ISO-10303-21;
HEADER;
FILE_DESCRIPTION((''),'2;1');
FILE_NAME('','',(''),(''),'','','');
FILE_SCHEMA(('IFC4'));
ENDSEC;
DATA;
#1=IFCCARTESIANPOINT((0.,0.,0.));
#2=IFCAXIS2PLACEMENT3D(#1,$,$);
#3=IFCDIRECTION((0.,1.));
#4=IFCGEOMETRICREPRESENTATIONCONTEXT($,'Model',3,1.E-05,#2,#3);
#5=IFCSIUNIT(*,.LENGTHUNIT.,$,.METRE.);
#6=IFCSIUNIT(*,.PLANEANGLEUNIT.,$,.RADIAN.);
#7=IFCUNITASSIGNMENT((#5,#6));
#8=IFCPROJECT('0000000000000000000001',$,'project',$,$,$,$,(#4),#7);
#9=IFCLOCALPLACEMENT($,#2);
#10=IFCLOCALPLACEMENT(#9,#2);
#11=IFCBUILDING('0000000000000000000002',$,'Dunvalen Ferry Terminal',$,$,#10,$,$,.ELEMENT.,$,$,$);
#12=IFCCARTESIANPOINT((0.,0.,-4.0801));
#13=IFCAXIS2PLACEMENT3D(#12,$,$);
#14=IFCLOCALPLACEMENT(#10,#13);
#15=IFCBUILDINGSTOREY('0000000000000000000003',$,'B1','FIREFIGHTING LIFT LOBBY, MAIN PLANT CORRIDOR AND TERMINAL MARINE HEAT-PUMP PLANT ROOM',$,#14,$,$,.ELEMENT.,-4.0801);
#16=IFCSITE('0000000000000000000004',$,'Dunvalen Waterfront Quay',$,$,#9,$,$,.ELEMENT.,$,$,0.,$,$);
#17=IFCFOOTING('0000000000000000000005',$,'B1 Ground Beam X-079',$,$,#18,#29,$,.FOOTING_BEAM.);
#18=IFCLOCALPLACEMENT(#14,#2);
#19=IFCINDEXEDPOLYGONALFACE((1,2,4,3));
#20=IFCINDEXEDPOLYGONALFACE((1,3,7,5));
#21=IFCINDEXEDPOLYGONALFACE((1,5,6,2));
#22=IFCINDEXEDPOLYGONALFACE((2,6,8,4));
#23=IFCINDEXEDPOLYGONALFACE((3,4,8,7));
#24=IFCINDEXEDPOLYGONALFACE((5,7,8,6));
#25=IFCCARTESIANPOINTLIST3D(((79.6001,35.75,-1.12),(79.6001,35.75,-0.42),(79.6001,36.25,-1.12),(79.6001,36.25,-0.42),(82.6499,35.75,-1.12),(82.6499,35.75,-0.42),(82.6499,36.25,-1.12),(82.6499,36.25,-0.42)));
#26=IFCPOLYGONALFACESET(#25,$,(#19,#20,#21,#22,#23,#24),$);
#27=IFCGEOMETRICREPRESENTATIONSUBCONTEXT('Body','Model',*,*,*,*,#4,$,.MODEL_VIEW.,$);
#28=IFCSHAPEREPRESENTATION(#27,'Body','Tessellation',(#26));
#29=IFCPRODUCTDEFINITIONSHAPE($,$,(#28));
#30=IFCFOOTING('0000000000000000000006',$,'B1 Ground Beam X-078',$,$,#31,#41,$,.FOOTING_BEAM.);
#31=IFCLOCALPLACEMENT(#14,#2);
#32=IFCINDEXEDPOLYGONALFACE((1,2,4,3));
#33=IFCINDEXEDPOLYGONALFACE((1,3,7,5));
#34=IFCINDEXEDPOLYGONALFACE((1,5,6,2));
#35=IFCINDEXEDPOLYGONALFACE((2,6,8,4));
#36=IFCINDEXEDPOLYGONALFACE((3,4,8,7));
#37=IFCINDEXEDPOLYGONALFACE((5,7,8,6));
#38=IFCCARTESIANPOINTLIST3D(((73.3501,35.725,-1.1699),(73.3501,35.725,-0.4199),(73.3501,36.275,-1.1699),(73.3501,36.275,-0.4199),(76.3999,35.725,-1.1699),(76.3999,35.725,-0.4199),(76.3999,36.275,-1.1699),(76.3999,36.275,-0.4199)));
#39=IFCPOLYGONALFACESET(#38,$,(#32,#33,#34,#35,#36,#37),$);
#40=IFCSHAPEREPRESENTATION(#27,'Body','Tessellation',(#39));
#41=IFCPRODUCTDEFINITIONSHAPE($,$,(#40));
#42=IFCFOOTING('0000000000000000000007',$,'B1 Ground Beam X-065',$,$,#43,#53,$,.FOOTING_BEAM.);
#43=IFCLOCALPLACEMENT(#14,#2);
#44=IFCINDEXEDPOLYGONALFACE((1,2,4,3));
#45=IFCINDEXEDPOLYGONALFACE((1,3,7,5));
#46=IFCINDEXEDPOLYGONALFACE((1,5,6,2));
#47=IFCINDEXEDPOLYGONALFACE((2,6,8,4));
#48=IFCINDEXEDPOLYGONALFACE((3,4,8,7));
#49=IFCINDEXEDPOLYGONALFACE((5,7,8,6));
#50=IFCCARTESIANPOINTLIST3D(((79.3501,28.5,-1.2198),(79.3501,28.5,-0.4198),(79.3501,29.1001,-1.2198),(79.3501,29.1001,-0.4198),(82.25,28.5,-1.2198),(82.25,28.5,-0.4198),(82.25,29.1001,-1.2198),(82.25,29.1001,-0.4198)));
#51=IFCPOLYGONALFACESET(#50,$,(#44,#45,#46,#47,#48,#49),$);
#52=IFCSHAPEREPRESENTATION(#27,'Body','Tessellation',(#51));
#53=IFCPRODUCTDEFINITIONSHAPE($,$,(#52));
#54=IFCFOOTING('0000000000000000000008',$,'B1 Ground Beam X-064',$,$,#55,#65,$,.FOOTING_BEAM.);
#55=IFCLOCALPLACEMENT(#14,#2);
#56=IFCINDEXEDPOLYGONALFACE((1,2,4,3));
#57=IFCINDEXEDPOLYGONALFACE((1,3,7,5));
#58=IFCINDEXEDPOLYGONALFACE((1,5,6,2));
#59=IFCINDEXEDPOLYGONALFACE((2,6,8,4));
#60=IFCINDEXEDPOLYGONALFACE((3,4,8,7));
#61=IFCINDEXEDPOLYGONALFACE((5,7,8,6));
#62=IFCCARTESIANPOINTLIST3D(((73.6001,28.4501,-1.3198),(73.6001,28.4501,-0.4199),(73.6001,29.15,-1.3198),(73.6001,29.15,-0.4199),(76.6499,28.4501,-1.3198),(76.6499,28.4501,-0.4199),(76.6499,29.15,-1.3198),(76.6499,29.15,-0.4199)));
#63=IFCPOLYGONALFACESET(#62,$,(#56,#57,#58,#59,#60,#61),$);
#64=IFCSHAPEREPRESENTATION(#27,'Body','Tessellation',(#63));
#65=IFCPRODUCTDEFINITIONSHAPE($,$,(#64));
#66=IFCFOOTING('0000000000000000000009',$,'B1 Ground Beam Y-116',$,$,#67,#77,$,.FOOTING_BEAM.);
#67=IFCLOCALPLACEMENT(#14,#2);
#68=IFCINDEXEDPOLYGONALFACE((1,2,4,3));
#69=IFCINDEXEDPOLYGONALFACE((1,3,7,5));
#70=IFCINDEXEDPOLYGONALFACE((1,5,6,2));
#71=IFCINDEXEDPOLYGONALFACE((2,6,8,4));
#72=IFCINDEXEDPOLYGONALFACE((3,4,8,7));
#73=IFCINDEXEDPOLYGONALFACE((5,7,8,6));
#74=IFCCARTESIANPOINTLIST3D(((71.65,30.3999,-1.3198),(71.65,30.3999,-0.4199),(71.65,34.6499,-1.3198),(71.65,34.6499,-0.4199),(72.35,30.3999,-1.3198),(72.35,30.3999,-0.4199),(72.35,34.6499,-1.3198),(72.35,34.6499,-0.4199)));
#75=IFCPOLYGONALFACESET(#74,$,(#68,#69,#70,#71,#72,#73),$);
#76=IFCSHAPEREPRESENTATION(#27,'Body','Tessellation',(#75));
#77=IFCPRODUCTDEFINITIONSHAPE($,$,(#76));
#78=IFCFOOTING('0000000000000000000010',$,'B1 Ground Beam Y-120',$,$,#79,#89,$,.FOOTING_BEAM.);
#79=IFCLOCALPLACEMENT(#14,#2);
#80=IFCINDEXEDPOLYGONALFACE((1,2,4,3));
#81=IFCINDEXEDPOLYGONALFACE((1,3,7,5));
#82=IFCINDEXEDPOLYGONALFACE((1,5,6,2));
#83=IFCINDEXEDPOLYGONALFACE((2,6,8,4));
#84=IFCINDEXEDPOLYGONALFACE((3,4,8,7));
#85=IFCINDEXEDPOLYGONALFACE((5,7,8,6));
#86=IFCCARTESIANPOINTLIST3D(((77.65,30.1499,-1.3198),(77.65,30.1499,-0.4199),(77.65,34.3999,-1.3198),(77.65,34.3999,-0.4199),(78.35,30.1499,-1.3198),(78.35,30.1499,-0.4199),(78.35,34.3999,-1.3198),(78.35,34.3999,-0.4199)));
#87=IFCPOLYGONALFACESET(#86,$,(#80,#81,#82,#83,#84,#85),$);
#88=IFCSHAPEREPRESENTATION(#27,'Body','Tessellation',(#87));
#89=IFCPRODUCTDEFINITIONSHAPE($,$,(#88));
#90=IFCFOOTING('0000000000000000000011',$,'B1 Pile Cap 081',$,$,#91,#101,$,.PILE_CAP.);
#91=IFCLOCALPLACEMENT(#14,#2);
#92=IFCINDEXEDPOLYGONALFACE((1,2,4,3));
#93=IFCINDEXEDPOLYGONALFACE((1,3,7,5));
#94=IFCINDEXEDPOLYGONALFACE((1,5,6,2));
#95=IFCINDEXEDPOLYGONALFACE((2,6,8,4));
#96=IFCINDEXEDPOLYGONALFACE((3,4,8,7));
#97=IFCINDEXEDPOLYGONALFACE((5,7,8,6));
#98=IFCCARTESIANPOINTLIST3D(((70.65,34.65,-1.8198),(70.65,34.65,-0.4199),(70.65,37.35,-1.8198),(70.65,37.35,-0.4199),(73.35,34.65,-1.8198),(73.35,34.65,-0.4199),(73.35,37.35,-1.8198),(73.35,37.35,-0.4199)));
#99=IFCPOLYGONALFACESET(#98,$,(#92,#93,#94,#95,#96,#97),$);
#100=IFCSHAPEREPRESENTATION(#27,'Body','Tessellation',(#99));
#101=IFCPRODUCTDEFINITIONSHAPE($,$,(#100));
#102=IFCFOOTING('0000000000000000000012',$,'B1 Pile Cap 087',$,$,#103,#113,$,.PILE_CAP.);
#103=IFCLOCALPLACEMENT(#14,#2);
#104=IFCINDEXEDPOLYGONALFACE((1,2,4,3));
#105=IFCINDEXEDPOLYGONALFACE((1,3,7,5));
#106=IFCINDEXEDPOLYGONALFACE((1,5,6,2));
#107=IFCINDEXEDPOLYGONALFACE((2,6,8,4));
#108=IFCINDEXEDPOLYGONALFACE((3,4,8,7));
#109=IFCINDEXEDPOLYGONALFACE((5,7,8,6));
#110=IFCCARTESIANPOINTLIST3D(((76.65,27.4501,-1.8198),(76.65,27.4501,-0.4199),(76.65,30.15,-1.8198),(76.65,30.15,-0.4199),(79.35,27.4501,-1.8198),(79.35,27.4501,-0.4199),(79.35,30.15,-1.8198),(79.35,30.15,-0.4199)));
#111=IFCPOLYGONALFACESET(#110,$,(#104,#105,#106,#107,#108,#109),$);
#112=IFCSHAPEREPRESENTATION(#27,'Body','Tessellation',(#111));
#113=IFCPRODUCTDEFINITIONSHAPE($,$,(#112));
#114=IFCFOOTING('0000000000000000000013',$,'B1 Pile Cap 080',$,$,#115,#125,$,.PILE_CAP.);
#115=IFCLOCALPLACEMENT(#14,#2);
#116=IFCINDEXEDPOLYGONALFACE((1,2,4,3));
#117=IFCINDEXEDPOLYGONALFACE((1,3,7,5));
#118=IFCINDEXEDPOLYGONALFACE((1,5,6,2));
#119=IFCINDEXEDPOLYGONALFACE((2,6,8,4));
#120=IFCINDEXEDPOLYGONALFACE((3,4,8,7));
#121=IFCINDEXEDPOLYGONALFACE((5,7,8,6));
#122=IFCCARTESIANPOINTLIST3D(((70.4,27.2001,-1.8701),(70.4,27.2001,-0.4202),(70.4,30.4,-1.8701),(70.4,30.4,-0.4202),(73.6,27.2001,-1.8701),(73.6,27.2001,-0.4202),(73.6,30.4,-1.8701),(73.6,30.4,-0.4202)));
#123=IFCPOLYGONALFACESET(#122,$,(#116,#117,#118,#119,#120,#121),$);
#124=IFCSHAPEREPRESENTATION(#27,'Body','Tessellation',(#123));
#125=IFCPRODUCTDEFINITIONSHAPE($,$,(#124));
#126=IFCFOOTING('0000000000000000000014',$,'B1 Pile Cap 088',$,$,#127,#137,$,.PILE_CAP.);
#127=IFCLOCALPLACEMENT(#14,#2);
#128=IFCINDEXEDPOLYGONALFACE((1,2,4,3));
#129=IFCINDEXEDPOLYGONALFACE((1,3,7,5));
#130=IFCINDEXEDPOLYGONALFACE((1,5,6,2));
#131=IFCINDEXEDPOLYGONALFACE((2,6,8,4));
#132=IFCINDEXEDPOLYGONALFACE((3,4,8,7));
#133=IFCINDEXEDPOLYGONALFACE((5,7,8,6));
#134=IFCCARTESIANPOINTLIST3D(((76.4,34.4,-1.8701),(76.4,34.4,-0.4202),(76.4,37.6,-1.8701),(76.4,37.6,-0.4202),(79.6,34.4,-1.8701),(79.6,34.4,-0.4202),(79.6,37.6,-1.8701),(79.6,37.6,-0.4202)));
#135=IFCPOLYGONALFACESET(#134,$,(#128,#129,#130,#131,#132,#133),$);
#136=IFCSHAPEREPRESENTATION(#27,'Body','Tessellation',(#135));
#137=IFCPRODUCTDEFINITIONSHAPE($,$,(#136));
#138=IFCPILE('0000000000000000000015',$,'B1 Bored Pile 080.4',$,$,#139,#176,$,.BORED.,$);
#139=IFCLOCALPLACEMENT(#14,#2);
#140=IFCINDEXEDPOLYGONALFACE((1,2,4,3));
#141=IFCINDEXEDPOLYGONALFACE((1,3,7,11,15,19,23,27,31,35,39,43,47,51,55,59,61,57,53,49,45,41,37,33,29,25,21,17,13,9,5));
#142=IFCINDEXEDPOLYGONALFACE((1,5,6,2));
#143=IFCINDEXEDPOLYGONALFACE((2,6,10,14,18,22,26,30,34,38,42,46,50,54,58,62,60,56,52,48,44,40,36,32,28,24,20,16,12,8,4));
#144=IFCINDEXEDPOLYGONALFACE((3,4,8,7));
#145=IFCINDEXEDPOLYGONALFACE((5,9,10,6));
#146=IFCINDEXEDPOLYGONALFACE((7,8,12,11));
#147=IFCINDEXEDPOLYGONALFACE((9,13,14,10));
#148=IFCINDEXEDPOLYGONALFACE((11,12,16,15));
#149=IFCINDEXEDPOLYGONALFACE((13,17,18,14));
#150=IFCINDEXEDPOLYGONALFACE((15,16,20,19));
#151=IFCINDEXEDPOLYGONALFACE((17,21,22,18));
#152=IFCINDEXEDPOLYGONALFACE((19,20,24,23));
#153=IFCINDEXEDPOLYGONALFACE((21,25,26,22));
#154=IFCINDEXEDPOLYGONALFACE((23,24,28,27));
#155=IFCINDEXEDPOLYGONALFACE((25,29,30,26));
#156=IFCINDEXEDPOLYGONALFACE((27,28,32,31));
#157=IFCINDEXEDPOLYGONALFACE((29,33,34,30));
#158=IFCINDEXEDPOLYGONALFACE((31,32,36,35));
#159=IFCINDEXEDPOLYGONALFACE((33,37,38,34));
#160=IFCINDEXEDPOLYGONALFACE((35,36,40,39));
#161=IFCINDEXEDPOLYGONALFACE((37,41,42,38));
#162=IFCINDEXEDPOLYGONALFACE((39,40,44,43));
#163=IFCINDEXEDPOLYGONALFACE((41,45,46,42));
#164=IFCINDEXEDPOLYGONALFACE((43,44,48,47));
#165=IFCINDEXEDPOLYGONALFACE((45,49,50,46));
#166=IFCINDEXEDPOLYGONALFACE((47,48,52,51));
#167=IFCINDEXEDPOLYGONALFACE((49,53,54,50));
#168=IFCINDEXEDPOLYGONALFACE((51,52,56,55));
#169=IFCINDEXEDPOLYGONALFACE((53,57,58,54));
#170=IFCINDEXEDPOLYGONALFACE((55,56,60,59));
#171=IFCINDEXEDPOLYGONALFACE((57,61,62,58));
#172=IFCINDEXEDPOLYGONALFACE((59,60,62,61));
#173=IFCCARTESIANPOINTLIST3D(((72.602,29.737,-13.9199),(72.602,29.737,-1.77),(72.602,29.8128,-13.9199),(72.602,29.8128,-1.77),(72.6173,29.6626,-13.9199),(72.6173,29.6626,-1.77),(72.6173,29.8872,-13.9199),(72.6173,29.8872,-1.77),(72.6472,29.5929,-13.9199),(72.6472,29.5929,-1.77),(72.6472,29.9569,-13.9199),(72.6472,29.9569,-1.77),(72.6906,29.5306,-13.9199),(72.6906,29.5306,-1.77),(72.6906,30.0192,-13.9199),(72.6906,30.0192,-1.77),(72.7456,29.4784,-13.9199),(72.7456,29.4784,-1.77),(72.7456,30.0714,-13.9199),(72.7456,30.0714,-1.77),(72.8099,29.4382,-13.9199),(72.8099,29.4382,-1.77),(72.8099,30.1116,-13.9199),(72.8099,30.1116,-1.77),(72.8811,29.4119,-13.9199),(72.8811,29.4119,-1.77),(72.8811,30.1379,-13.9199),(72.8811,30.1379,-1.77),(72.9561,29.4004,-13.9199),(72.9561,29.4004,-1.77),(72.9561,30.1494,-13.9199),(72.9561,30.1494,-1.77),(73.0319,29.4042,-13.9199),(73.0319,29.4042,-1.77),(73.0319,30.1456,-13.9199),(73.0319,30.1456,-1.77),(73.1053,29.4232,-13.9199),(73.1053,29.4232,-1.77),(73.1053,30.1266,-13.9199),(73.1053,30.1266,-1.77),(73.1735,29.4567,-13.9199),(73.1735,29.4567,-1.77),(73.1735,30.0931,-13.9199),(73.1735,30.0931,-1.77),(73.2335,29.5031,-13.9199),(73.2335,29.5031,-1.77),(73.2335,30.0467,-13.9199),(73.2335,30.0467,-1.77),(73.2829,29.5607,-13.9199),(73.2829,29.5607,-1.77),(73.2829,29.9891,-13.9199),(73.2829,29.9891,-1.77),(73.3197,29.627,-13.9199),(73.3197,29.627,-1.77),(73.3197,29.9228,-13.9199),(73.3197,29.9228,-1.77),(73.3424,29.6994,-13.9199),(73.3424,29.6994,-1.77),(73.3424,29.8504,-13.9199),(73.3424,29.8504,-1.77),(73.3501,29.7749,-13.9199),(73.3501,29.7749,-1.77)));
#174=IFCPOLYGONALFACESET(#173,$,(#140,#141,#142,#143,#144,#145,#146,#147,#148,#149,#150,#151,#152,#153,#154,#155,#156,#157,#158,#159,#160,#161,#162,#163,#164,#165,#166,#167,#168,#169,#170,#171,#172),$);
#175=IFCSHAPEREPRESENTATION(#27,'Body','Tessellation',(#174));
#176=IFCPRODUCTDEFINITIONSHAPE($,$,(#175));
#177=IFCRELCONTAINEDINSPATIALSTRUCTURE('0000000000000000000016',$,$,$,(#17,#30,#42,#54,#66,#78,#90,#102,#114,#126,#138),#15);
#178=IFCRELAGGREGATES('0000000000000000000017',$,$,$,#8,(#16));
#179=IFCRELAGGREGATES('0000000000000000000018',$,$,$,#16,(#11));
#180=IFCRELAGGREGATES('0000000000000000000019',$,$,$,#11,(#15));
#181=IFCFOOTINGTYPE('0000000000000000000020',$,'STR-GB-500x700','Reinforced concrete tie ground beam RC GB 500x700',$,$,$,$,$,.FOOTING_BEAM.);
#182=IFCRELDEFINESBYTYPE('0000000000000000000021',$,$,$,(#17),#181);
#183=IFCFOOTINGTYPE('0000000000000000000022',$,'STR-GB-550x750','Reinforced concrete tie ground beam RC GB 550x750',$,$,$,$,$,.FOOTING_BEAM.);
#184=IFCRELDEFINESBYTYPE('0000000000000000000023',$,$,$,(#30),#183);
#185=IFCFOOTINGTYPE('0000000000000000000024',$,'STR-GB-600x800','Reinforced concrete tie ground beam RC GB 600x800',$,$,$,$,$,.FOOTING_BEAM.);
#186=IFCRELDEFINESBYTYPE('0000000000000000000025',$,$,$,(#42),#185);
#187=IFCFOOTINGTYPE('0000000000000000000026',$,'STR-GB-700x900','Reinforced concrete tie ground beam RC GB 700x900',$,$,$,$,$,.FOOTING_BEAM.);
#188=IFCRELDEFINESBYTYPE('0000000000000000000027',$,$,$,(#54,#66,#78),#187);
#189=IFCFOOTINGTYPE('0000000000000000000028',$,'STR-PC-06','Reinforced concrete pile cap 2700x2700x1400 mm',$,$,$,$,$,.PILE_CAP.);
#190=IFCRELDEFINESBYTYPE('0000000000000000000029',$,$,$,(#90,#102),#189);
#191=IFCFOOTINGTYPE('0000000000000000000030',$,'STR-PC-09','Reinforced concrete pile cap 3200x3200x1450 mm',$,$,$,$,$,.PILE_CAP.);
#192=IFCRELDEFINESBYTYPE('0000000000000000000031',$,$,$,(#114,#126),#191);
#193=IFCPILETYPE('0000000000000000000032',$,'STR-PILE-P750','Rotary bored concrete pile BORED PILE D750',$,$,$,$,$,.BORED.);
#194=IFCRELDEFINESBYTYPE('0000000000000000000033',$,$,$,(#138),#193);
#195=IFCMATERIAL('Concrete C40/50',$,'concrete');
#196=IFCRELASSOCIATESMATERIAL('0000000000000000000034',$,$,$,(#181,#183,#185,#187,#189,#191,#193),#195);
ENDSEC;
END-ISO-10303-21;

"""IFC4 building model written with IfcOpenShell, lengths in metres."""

from ifc_helpers import new_model, si_unit, direction, frame, origin, origin_2d, place, context, subcontext, project, spatial, rectangle, circle, extrude, material, material_profile, profile_set, type_object, element, save


model = new_model("IFC4")

# Units and contexts
model_context = context("Model", 3, precision=1e-05, world=origin(), true_north=direction((0.0, 1.0)))
body_context = subcontext(model_context, "Body", "Model", "MODEL_VIEW")
ifc_project = project(units=[si_unit("LENGTHUNIT", "METRE"), si_unit("PLANEANGLEUNIT", "RADIAN")], contexts=[model_context])

# Site, building, storey
site_placement = place(None, origin())
site = spatial("IfcSite", under=ifc_project, at=site_placement, Name="Dunvalen Waterfront Quay", CompositionType="ELEMENT", RefElevation=0.0)
building_placement = place(site_placement, origin())
building = spatial("IfcBuilding", under=site, at=building_placement, Name="Dunvalen Ferry Terminal", CompositionType="ELEMENT")
storey_placement = place(building_placement, frame((0.0, 0.0, -4.0801)))
storey = spatial("IfcBuildingStorey", under=building, at=storey_placement, Name="B1", Description="FIREFIGHTING LIFT LOBBY, MAIN PLANT CORRIDOR AND TERMINAL MARINE HEAT-PUMP PLANT ROOM", CompositionType="ELEMENT", Elevation=-4.0801)

# Footings
ifc_material = material(Name="Concrete C40/50", Category="concrete")
ifc_material_profile_1 = material_profile(ifc_material, rectangle(XDim=0.5, YDim=0.7, at=origin_2d()), Name="Concrete C40/50")
ifc_profile_set_1 = profile_set([ifc_material_profile_1], Name="Concrete C40/50")
footing_type_1 = type_object("IfcFootingType", Name="STR-GB-500x700", Description="Reinforced concrete tie ground beam RC GB 500x700", PredefinedType="FOOTING_BEAM", material=ifc_profile_set_1)
footing_1_placement = place(storey_placement, frame((79.6001, 36.0, -0.77), z_axis=(1.0, 0.0, 0.0), x_axis=(0.0, 1.0, 0.0)))
element("IfcFooting", 1, at=footing_1_placement, inside=storey, type_object=footing_type_1, Name="B1 Ground Beam X-079", PredefinedType="FOOTING_BEAM", context=body_context, shape_type="SweptSolid", body=[
    extrude(rectangle(XDim=0.5, YDim=0.7, at=origin_2d()), origin(), (0.0, 0.0, 1.0), 3.0498),
])
ifc_material_profile_2 = material_profile(ifc_material, rectangle(XDim=0.55, YDim=0.75, at=origin_2d()), Name="Concrete C40/50")
ifc_profile_set_2 = profile_set([ifc_material_profile_2], Name="Concrete C40/50")
footing_type_2 = type_object("IfcFootingType", Name="STR-GB-550x750", Description="Reinforced concrete tie ground beam RC GB 550x750", PredefinedType="FOOTING_BEAM", material=ifc_profile_set_2)
footing_2_placement = place(storey_placement, frame((73.3501, 36.0, -0.7949), z_axis=(1.0, 0.0, 0.0), x_axis=(0.0, 1.0, 0.0)))
element("IfcFooting", 2, at=footing_2_placement, inside=storey, type_object=footing_type_2, Name="B1 Ground Beam X-078", PredefinedType="FOOTING_BEAM", context=body_context, shape_type="SweptSolid", body=[
    extrude(rectangle(XDim=0.55, YDim=0.75, at=origin_2d()), origin(), (0.0, 0.0, 1.0), 3.0498),
])
ifc_material_profile_3 = material_profile(ifc_material, rectangle(XDim=0.6001, YDim=0.8, at=origin_2d()), Name="Concrete C40/50")
ifc_profile_set_3 = profile_set([ifc_material_profile_3], Name="Concrete C40/50")
footing_type_3 = type_object("IfcFootingType", Name="STR-GB-600x800", Description="Reinforced concrete tie ground beam RC GB 600x800", PredefinedType="FOOTING_BEAM", material=ifc_profile_set_3)
footing_3_placement = place(storey_placement, frame((79.3501, 28.8, -0.8198), z_axis=(1.0, 0.0, 0.0), x_axis=(0.0, 1.0, 0.0)))
element("IfcFooting", 3, at=footing_3_placement, inside=storey, type_object=footing_type_3, Name="B1 Ground Beam X-065", PredefinedType="FOOTING_BEAM", context=body_context, shape_type="SweptSolid", body=[
    extrude(rectangle(XDim=0.6001, YDim=0.8, at=origin_2d()), origin(), (0.0, 0.0, 1.0), 2.8999),
])
ifc_material_profile_4 = material_profile(ifc_material, rectangle(XDim=0.7, YDim=0.8999, at=origin_2d()), Name="Concrete C40/50")
ifc_profile_set_4 = profile_set([ifc_material_profile_4], Name="Concrete C40/50")
footing_type_4 = type_object("IfcFootingType", Name="STR-GB-700x900", Description="Reinforced concrete tie ground beam RC GB 700x900", PredefinedType="FOOTING_BEAM", material=ifc_profile_set_4)
footing_4_placement = place(storey_placement, frame((73.6001, 28.8, -0.8699), z_axis=(1.0, 0.0, 0.0), x_axis=(0.0, 1.0, 0.0)))
element("IfcFooting", 4, at=footing_4_placement, inside=storey, type_object=footing_type_4, Name="B1 Ground Beam X-064", PredefinedType="FOOTING_BEAM", context=body_context, shape_type="SweptSolid", body=[
    extrude(rectangle(XDim=0.7, YDim=0.8999, at=origin_2d()), origin(), (0.0, 0.0, 1.0), 3.0498),
])
for number, where, z_axis, x_axis, name in (
    (5, (72.0, 30.3999, -0.8699), (0.0, 1.0, 0.0), (-1.0, 0.0, 0.0), "B1 Ground Beam Y-116"),
    (6, (78.0, 30.1499, -0.8699), (0.0, 1.0, 0.0), (-1.0, 0.0, 0.0), "B1 Ground Beam Y-120"),
):
    element("IfcFooting", number, at=place(storey_placement, frame(where, z_axis=z_axis, x_axis=x_axis)), inside=storey, type_object=footing_type_4, Name=name, PredefinedType="FOOTING_BEAM", context=body_context, shape_type="SweptSolid", body=[
        extrude(rectangle(XDim=0.7, YDim=0.8999, at=origin_2d()), origin(), (0.0, 0.0, 1.0), 4.25),
    ])
footing_type_5 = type_object("IfcFootingType", Name="STR-PC-06", Description="Reinforced concrete pile cap 2700x2700x1400 mm", PredefinedType="PILE_CAP", material=ifc_material)
for number, where, z_axis, x_axis, name in (
    (7, (72.0, 36.0, -1.8198), (0.0, 0.0, 1.0), (1.0, 0.0, 0.0), "B1 Pile Cap 081"),
    (8, (78.0, 28.8, -1.8198), (0.0, 0.0, 1.0), (1.0, 0.0, 0.0), "B1 Pile Cap 087"),
):
    element("IfcFooting", number, at=place(storey_placement, frame(where, z_axis=z_axis, x_axis=x_axis)), inside=storey, type_object=footing_type_5, Name=name, PredefinedType="PILE_CAP", context=body_context, shape_type="SweptSolid", body=[
        extrude(rectangle(XDim=2.7, YDim=2.7, at=origin_2d()), origin(), (0.0, 0.0, 1.0), 1.3999),
    ])
footing_type_6 = type_object("IfcFootingType", Name="STR-PC-09", Description="Reinforced concrete pile cap 3200x3200x1450 mm", PredefinedType="PILE_CAP", material=ifc_material)
for number, where, z_axis, x_axis, name in (
    (9, (72.0, 28.8, -1.8701), (0.0, 0.0, 1.0), (1.0, 0.0, 0.0), "B1 Pile Cap 080"),
    (10, (78.0, 36.0, -1.8701), (0.0, 0.0, 1.0), (1.0, 0.0, 0.0), "B1 Pile Cap 088"),
):
    element("IfcFooting", number, at=place(storey_placement, frame(where, z_axis=z_axis, x_axis=x_axis)), inside=storey, type_object=footing_type_6, Name=name, PredefinedType="PILE_CAP", context=body_context, shape_type="SweptSolid", body=[
        extrude(rectangle(XDim=3.2, YDim=3.2, at=origin_2d()), origin(), (0.0, 0.0, 1.0), 1.45),
    ])

# Pile
ifc_material_profile_5 = material_profile(ifc_material, circle(Radius=0.375, at=origin_2d()), Name="Concrete C40/50")
ifc_profile_set_5 = profile_set([ifc_material_profile_5], Name="Concrete C40/50")
pile_type = type_object("IfcPileType", Name="STR-PILE-P750", Description="Rotary bored concrete pile BORED PILE D750", PredefinedType="BORED", material=ifc_profile_set_5)
pile_placement = place(storey_placement, frame((72.9751, 29.7749, -1.77), z_axis=(0.0, 0.0, -1.0), x_axis=(1.0, 0.0, 0.0)))
element("IfcPile", 11, at=pile_placement, inside=storey, type_object=pile_type, Name="B1 Bored Pile 080.4", PredefinedType="BORED", context=body_context, shape_type="SweptSolid", body=[
    extrude(circle(Radius=0.375, at=origin_2d()), origin(), (0.0, 0.0, 1.0), 12.1499),
])

save(model, "model.ifc")
